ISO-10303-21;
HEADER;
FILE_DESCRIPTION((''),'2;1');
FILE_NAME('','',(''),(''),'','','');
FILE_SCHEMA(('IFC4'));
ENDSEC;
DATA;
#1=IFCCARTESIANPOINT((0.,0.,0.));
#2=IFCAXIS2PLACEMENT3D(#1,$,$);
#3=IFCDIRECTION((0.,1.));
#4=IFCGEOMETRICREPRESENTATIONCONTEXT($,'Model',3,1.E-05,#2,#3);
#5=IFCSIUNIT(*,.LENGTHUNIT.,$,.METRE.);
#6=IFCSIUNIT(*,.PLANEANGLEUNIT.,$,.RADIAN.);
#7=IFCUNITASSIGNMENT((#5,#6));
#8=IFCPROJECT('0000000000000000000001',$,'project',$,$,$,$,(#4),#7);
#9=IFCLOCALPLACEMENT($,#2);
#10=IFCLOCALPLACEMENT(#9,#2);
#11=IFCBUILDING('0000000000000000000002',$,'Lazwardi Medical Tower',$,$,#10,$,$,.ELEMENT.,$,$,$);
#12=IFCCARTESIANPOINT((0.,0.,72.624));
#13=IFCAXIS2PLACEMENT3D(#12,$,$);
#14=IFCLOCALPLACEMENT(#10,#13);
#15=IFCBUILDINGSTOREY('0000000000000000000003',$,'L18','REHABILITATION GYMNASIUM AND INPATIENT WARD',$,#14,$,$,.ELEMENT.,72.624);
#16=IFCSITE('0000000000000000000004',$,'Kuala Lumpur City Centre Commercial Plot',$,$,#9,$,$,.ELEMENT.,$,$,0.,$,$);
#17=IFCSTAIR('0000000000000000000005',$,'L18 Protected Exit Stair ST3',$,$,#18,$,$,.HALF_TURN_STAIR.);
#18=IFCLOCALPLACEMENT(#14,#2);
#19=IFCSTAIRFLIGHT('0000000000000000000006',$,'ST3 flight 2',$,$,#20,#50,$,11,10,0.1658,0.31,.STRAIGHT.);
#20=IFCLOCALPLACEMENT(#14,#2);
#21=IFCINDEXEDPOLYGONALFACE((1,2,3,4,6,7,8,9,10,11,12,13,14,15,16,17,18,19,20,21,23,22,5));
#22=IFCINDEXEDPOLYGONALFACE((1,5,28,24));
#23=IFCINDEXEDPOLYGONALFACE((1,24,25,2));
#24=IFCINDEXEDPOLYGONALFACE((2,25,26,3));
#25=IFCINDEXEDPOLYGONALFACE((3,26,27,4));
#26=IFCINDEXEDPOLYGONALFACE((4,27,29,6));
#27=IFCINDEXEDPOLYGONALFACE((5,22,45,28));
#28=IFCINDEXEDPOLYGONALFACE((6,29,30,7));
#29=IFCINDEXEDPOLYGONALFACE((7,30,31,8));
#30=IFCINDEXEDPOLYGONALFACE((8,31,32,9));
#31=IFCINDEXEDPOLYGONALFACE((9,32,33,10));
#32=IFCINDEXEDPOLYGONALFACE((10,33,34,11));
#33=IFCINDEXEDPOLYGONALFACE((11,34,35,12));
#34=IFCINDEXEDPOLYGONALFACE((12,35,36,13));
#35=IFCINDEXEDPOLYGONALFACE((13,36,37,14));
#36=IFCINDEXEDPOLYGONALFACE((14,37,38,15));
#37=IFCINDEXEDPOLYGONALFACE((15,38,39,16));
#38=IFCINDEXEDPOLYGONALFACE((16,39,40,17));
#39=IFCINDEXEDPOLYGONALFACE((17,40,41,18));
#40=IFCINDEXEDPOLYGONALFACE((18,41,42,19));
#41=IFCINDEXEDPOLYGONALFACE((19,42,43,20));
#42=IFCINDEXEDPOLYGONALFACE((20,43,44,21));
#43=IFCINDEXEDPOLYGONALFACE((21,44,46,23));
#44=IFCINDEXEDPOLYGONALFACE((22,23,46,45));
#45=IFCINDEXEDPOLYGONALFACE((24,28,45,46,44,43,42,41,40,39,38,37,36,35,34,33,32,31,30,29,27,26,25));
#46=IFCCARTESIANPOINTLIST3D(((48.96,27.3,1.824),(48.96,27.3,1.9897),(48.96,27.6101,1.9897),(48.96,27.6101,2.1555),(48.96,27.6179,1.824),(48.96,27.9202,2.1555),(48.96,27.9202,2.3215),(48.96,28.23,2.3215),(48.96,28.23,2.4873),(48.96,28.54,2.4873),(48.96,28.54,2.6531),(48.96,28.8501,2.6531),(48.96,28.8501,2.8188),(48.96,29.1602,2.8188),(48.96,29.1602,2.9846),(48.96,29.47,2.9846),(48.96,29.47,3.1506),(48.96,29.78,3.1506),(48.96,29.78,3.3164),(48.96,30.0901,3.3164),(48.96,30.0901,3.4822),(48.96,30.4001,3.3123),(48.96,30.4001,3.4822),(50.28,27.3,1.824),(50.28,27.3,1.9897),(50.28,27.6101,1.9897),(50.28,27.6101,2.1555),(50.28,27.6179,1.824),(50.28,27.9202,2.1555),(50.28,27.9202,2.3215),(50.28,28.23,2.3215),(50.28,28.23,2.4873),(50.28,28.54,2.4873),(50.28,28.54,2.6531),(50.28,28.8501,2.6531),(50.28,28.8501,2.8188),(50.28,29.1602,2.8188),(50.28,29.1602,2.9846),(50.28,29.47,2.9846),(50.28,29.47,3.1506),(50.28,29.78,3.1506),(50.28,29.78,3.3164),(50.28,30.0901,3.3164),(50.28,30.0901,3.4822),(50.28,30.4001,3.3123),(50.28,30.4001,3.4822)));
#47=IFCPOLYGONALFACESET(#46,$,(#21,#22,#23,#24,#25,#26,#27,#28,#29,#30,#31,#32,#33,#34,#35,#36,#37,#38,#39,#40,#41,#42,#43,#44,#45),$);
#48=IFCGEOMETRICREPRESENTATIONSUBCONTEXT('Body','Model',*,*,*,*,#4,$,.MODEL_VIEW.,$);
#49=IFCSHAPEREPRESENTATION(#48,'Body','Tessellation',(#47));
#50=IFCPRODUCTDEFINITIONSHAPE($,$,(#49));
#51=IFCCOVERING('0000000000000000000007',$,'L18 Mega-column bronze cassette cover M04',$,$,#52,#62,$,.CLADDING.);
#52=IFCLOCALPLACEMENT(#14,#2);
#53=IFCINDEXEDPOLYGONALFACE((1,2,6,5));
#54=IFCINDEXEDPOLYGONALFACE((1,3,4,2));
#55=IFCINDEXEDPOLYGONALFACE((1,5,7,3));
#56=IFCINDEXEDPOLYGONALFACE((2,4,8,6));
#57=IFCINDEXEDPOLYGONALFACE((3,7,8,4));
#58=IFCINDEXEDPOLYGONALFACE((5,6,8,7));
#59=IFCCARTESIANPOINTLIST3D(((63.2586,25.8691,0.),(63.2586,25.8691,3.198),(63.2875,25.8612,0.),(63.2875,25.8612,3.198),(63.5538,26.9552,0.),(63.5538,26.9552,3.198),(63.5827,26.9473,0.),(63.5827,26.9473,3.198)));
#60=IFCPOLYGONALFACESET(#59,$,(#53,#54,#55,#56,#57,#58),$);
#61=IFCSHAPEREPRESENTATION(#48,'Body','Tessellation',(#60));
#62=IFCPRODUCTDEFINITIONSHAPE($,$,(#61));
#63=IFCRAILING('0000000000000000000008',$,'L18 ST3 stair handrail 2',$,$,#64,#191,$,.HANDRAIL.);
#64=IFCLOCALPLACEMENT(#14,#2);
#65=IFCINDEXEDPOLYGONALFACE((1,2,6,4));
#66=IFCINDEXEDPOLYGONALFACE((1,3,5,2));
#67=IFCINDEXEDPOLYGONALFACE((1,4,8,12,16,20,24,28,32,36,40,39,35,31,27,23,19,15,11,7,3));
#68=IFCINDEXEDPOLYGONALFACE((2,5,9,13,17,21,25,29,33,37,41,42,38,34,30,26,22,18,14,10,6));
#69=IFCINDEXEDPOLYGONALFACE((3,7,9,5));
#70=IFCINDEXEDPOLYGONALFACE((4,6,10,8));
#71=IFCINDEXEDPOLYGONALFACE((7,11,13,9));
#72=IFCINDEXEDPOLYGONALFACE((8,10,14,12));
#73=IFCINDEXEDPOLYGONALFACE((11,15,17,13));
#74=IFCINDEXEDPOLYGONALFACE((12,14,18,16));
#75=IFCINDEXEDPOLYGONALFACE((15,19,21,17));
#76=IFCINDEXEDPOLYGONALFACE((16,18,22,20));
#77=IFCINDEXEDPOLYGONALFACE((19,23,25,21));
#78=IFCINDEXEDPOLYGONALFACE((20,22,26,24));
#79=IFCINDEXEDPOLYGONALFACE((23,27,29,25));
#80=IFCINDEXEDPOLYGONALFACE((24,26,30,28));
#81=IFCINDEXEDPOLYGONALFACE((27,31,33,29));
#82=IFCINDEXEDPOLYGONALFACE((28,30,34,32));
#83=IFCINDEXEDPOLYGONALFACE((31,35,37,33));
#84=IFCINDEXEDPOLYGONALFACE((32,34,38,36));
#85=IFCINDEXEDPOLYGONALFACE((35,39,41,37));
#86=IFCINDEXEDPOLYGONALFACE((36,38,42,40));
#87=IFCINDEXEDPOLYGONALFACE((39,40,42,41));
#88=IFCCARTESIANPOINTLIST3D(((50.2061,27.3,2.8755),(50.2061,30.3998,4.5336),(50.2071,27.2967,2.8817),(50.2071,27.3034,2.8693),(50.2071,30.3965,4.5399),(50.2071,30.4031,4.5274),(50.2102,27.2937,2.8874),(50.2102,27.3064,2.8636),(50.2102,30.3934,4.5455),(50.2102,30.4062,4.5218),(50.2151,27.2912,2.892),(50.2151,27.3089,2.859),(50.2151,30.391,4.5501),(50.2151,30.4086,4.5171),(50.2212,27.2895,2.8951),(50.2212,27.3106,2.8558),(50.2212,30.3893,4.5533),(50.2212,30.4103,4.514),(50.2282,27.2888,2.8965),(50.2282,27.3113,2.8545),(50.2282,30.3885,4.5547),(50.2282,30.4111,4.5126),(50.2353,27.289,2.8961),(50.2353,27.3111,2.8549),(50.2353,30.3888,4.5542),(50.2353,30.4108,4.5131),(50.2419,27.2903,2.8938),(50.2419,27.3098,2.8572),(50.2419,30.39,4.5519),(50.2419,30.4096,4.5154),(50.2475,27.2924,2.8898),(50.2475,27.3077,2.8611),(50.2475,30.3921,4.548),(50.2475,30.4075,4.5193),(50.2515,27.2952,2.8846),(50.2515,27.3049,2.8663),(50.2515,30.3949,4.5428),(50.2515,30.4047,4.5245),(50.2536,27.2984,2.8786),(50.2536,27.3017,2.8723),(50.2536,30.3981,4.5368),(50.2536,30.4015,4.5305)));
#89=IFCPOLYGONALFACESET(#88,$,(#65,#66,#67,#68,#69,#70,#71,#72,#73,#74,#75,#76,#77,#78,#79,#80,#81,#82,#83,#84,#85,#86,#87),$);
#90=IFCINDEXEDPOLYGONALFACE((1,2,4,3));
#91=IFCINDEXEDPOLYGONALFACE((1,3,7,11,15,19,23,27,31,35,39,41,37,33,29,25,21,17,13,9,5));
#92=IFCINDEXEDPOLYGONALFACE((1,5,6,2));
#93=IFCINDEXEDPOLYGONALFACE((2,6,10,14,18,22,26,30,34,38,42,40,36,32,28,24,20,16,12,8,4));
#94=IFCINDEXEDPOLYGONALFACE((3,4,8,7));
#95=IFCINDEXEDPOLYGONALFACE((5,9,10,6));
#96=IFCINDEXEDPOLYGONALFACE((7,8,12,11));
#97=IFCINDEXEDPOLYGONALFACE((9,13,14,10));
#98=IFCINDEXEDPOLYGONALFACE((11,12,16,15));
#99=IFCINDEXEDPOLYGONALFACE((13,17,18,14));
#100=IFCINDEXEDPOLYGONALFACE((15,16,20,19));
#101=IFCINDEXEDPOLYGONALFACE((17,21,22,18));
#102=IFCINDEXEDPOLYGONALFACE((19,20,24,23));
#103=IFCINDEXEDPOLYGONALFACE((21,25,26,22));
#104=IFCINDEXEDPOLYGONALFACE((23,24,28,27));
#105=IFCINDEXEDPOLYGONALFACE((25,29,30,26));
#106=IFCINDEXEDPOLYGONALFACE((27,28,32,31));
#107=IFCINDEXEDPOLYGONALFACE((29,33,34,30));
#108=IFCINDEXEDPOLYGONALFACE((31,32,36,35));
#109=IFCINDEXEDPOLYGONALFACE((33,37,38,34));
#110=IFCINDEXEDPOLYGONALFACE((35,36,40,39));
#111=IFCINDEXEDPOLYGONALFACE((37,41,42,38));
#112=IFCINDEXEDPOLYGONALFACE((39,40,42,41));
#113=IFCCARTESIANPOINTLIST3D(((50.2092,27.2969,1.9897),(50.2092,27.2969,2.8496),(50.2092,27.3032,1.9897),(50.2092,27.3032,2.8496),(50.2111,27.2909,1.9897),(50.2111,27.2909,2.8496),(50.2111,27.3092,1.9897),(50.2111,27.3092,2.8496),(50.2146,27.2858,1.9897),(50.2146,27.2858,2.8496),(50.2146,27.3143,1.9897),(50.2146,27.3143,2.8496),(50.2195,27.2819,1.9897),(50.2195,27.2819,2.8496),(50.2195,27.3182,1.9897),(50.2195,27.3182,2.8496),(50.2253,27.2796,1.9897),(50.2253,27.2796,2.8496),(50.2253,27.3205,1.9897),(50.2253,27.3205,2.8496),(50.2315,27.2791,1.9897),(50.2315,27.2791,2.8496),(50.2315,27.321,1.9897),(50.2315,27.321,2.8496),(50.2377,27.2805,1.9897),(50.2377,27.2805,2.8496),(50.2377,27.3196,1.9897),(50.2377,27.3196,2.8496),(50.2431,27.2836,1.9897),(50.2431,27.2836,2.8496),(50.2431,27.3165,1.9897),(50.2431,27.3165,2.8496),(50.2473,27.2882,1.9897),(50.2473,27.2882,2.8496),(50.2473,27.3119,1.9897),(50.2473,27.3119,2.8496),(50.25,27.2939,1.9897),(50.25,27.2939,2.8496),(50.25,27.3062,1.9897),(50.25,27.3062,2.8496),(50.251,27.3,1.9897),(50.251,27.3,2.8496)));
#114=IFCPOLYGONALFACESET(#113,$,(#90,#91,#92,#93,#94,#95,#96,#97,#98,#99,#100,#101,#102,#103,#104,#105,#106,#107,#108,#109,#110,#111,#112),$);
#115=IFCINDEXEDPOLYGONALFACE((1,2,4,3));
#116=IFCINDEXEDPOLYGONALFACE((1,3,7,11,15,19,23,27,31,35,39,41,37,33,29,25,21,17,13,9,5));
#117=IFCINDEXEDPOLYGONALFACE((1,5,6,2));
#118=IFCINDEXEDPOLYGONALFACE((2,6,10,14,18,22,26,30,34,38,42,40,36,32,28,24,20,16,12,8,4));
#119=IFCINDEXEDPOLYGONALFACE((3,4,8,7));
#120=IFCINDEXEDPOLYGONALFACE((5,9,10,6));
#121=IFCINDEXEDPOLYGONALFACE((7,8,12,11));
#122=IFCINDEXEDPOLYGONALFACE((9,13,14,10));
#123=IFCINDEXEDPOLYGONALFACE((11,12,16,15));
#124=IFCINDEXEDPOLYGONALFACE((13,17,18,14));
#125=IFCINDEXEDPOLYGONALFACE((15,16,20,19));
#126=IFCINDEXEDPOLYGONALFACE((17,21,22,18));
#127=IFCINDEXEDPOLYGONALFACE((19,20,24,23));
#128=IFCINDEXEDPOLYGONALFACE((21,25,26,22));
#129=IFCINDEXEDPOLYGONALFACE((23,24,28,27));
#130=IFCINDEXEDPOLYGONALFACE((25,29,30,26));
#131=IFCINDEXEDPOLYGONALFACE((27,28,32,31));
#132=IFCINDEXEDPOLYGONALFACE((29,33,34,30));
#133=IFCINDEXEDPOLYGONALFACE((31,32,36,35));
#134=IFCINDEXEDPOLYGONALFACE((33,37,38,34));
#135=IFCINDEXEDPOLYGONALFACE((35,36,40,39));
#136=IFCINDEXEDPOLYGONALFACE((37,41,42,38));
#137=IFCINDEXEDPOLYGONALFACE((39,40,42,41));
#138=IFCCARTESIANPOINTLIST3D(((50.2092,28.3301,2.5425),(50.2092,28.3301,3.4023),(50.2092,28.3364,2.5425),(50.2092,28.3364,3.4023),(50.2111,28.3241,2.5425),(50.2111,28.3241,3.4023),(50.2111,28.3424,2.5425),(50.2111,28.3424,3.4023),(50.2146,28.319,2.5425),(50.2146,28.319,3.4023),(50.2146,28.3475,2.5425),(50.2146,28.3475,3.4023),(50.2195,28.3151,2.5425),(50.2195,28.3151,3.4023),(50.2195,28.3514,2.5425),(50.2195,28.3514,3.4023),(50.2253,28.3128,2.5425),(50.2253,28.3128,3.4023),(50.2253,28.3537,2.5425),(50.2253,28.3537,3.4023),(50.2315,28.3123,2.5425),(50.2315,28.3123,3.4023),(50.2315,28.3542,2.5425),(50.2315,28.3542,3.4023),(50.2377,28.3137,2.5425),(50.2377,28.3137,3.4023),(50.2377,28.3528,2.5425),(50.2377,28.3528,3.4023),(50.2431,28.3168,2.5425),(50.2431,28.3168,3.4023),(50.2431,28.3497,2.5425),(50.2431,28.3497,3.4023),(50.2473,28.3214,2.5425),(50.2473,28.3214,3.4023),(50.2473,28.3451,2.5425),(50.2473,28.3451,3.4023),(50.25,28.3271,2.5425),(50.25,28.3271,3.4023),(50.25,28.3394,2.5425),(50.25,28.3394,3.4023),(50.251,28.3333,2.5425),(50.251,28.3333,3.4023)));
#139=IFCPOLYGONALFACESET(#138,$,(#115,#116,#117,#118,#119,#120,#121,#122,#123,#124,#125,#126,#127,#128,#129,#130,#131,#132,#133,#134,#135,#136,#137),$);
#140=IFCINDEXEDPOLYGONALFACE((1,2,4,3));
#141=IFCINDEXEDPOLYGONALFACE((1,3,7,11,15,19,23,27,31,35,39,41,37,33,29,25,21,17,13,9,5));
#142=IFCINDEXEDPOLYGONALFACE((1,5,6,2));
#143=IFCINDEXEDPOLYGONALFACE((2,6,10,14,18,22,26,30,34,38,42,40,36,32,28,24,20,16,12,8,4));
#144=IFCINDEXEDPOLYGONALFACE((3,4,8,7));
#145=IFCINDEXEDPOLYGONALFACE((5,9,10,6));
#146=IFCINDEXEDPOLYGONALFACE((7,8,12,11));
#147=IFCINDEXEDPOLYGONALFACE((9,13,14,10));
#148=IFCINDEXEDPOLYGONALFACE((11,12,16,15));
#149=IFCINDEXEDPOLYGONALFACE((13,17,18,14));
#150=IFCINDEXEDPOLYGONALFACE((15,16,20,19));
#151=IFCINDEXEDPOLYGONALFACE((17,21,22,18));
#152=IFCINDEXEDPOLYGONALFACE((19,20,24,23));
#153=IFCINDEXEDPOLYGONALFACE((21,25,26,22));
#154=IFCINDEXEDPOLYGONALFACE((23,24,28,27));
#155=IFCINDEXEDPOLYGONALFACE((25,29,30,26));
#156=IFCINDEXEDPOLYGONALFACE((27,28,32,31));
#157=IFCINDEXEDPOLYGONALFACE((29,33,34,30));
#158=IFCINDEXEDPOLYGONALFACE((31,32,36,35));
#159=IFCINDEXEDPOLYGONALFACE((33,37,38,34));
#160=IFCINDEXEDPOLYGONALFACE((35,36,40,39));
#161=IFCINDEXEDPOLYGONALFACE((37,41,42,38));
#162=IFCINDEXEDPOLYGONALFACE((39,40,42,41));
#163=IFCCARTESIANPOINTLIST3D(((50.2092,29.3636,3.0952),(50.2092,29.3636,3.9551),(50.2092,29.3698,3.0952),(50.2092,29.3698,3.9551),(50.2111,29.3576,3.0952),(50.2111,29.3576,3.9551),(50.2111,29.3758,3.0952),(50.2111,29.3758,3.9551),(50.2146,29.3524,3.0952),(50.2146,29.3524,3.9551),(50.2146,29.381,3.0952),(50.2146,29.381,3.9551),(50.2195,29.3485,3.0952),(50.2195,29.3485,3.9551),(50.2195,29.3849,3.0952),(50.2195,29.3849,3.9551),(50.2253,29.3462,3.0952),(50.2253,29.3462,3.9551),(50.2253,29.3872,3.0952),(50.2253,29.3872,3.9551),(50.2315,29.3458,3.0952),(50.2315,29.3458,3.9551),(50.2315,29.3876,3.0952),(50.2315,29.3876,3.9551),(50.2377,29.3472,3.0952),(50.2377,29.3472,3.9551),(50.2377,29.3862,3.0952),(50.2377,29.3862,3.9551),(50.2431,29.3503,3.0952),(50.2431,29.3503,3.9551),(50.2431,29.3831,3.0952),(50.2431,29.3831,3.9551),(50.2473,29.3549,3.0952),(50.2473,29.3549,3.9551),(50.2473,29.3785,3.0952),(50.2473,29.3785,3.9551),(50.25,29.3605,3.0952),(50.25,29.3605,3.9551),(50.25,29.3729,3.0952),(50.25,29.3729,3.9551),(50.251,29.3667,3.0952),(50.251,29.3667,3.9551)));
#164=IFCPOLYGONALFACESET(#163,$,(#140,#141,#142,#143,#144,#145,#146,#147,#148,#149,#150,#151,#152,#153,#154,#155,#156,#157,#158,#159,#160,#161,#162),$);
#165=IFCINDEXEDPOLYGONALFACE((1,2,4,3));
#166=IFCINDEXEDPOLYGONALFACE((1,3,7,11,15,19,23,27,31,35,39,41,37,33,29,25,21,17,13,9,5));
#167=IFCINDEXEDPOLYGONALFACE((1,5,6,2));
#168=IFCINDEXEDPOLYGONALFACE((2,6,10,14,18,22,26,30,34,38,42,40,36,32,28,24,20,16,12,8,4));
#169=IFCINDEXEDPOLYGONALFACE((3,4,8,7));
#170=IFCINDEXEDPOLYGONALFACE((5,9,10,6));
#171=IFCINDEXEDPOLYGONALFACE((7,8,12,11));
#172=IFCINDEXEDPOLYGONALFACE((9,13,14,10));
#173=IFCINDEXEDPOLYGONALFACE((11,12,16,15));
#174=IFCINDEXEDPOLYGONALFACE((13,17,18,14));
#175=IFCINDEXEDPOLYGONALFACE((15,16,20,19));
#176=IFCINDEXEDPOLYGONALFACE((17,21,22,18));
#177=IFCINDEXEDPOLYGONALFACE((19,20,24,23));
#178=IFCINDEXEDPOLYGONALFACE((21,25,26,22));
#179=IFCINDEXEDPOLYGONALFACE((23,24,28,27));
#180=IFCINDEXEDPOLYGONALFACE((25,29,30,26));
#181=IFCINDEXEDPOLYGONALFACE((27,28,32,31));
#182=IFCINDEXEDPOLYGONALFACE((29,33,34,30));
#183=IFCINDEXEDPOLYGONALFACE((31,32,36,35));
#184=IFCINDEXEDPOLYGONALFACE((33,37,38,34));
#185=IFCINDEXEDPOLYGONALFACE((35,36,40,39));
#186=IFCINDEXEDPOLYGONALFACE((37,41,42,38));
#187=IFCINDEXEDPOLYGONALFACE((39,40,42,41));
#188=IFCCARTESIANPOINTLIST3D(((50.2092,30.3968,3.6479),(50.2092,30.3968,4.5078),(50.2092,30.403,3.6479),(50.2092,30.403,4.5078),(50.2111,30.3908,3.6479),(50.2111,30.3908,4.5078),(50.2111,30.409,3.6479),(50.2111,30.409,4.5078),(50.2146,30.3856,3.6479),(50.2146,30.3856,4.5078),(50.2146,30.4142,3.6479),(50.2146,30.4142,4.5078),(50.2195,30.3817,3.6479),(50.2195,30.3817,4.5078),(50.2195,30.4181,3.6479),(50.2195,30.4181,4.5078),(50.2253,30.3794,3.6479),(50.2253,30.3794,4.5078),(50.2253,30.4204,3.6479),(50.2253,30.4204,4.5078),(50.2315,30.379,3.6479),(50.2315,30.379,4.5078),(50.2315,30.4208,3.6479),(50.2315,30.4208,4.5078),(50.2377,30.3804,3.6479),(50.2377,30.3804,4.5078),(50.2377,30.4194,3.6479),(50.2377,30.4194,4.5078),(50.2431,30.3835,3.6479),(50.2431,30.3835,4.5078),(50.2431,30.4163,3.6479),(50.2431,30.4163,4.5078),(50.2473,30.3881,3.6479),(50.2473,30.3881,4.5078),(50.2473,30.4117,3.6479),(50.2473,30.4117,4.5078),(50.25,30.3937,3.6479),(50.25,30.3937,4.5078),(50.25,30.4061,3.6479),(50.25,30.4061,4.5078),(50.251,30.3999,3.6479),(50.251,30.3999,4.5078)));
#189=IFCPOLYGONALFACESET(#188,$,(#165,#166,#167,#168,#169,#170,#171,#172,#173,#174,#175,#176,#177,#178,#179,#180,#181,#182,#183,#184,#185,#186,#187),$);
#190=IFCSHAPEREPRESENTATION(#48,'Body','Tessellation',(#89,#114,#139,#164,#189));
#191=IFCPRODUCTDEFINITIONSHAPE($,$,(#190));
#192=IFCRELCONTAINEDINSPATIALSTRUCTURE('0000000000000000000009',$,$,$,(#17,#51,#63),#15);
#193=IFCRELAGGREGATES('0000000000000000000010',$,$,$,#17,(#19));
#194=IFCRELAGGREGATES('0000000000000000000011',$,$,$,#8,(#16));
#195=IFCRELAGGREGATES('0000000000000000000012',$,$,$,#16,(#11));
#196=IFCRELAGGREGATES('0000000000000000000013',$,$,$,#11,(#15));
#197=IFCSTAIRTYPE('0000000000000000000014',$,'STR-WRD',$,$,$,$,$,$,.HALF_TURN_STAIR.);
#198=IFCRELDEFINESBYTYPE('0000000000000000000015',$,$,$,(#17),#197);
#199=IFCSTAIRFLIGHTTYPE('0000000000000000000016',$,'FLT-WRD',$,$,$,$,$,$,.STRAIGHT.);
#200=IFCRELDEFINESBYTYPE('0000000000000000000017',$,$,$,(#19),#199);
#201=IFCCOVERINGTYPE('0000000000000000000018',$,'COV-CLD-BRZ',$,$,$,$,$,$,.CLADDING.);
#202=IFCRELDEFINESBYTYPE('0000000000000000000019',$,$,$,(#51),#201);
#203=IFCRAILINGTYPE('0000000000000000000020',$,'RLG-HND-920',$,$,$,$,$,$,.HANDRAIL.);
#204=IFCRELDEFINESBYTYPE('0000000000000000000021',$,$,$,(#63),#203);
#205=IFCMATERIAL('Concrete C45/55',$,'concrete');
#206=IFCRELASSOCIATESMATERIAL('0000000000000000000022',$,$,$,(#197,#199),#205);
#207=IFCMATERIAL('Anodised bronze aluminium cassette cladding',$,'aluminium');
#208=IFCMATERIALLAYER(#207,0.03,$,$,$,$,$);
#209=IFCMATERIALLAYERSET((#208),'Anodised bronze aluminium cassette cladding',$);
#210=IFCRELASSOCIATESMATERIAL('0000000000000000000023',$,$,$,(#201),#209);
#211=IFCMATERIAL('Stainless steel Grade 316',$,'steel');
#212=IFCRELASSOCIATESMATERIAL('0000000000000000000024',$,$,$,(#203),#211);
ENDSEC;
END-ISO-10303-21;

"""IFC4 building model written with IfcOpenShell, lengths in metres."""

from ifc_helpers import new_model, si_unit, direction, frame, origin, origin_2d, place, context, subcontext, project, spatial, polyline, rectangle, circle, outline, extrude, material, layer, layer_set, type_object, element, aggregate, save


model = new_model("IFC4")

# Units and contexts
model_context = context("Model", 3, precision=1e-05, world=origin(), true_north=direction((0.0, 1.0)))
body_context = subcontext(model_context, "Body", "Model", "MODEL_VIEW")
ifc_project = project(units=[si_unit("LENGTHUNIT", "METRE"), si_unit("PLANEANGLEUNIT", "RADIAN")], contexts=[model_context])

# Site, building, storey
site_placement = place(None, origin())
site = spatial("IfcSite", under=ifc_project, at=site_placement, Name="Kuala Lumpur City Centre Commercial Plot", CompositionType="ELEMENT", RefElevation=0.0)
building_placement = place(site_placement, origin())
building = spatial("IfcBuilding", under=site, at=building_placement, Name="Lazwardi Medical Tower", CompositionType="ELEMENT")
storey_placement = place(building_placement, frame((0.0, 0.0, 72.624)))
storey = spatial("IfcBuildingStorey", under=building, at=storey_placement, Name="L18", Description="REHABILITATION GYMNASIUM AND INPATIENT WARD", CompositionType="ELEMENT", Elevation=72.624)

# Stair, stair flight
ifc_material_1 = material(Name="Concrete C45/55", Category="concrete")
stair_type = type_object("IfcStairType", Name="STR-WRD", PredefinedType="HALF_TURN_STAIR", material=ifc_material_1)
stair_placement = place(storey_placement, origin())
stair = element("IfcStair", 1, at=stair_placement, inside=storey, type_object=stair_type, Name="L18 Protected Exit Stair ST3", PredefinedType="HALF_TURN_STAIR")
stair_flight_type = type_object("IfcStairFlightType", Name="FLT-WRD", PredefinedType="STRAIGHT", material=ifc_material_1)
stair_flight_placement = place(storey_placement, frame((49.6201, 27.3, 1.824), z_axis=(0.0, 0.0, 1.0), x_axis=(0.0, 1.0, 0.0)))
stair_flight = element("IfcStairFlight", 2, at=stair_flight_placement, type_object=stair_flight_type, Name="ST3 flight 2", NumberOfRisers=11, NumberOfTreads=10, PredefinedType="STRAIGHT", RiserHeight=0.1658, TreadLength=0.31, context=body_context, shape_type="SweptSolid", body=[
    extrude(outline(polyline([(0.0, 0.0), (0.0, 0.1658), (0.3101, 0.1658), (0.3101, 0.3315), (0.6201, 0.3315), (0.6201, 0.4976), (0.9299, 0.4976), (0.9299, 0.6633), (1.24, 0.6633), (1.24, 0.8291), (1.55, 0.8291), (1.55, 0.9949), (1.8601, 0.9949), (1.8601, 1.1606), (2.1699, 1.1606), (2.1699, 1.3267), (2.48, 1.3267), (2.48, 1.4924), (2.79, 1.4924), (2.79, 1.6582), (3.1001, 1.6582), (3.1001, 1.824), (3.1001, 1.4883), (0.3179, 0.0), (0.0, 0.0)])), frame((0.0, 0.6602, 0.0), z_axis=(0.0, -1.0, 0.0), x_axis=(1.0, 0.0, 0.0)), (0.0, 0.0, 1.0), 1.3201),
])
aggregate(stair, [stair_flight])

# Covering
ifc_material_2 = material(Name="Anodised bronze aluminium cassette cladding", Category="aluminium")
ifc_layer_1 = layer(ifc_material_2, 0.03)
ifc_layer_set_1 = layer_set([ifc_layer_1], Name="Anodised bronze aluminium cassette cladding")
covering_type = type_object("IfcCoveringType", Name="COV-CLD-BRZ", PredefinedType="CLADDING", material=ifc_layer_set_1)
covering_placement = place(storey_placement, frame((63.4207, 26.4082, 0.0), z_axis=(0.0, 0.0, 1.0), x_axis=(0.262283, 0.964991, 0.0)))
element("IfcCovering", 3, at=covering_placement, inside=storey, type_object=covering_type, Name="L18 Mega-column bronze cassette cover M04", PredefinedType="CLADDING", context=body_context, shape_type="SweptSolid", body=[
    extrude(rectangle(XDim=1.1255, YDim=0.03, at=origin_2d()), origin(), (0.0, 0.0, 1.0), 3.198),
])

# Railing
ifc_material_3 = material(Name="Stainless steel Grade 316", Category="steel")
railing_type = type_object("IfcRailingType", Name="RLG-HND-920", PredefinedType="HANDRAIL", material=ifc_material_3)
railing_placement = place(storey_placement, frame((50.23, 27.3, 1.9897)))
element("IfcRailing", 4, at=railing_placement, inside=storey, type_object=railing_type, Name="L18 ST3 stair handrail 2", PredefinedType="HANDRAIL", context=body_context, shape_type="SweptSolid", body=[
    extrude(circle(Radius=0.0239, at=origin_2d()), frame((0.0, 0.0, 0.8857), z_axis=(0.0, 0.881768, 0.471684), x_axis=(-1.0, 0.0, 0.0)), (0.0, 0.0, 1.0), 3.5154),
    extrude(circle(Radius=0.021, at=origin_2d()), origin(), (0.0, 0.0, 1.0), 0.8599),
    extrude(circle(Radius=0.021, at=origin_2d()), frame((0.0, 1.0332, 0.5527)), (0.0, 0.0, 1.0), 0.8599),
    extrude(circle(Radius=0.021, at=origin_2d()), frame((0.0, 2.0667, 1.1055)), (0.0, 0.0, 1.0), 0.8599),
    extrude(circle(Radius=0.021, at=origin_2d()), frame((0.0, 3.0999, 1.6582)), (0.0, 0.0, 1.0), 0.8599),
])

save(model, "model.ifc")
